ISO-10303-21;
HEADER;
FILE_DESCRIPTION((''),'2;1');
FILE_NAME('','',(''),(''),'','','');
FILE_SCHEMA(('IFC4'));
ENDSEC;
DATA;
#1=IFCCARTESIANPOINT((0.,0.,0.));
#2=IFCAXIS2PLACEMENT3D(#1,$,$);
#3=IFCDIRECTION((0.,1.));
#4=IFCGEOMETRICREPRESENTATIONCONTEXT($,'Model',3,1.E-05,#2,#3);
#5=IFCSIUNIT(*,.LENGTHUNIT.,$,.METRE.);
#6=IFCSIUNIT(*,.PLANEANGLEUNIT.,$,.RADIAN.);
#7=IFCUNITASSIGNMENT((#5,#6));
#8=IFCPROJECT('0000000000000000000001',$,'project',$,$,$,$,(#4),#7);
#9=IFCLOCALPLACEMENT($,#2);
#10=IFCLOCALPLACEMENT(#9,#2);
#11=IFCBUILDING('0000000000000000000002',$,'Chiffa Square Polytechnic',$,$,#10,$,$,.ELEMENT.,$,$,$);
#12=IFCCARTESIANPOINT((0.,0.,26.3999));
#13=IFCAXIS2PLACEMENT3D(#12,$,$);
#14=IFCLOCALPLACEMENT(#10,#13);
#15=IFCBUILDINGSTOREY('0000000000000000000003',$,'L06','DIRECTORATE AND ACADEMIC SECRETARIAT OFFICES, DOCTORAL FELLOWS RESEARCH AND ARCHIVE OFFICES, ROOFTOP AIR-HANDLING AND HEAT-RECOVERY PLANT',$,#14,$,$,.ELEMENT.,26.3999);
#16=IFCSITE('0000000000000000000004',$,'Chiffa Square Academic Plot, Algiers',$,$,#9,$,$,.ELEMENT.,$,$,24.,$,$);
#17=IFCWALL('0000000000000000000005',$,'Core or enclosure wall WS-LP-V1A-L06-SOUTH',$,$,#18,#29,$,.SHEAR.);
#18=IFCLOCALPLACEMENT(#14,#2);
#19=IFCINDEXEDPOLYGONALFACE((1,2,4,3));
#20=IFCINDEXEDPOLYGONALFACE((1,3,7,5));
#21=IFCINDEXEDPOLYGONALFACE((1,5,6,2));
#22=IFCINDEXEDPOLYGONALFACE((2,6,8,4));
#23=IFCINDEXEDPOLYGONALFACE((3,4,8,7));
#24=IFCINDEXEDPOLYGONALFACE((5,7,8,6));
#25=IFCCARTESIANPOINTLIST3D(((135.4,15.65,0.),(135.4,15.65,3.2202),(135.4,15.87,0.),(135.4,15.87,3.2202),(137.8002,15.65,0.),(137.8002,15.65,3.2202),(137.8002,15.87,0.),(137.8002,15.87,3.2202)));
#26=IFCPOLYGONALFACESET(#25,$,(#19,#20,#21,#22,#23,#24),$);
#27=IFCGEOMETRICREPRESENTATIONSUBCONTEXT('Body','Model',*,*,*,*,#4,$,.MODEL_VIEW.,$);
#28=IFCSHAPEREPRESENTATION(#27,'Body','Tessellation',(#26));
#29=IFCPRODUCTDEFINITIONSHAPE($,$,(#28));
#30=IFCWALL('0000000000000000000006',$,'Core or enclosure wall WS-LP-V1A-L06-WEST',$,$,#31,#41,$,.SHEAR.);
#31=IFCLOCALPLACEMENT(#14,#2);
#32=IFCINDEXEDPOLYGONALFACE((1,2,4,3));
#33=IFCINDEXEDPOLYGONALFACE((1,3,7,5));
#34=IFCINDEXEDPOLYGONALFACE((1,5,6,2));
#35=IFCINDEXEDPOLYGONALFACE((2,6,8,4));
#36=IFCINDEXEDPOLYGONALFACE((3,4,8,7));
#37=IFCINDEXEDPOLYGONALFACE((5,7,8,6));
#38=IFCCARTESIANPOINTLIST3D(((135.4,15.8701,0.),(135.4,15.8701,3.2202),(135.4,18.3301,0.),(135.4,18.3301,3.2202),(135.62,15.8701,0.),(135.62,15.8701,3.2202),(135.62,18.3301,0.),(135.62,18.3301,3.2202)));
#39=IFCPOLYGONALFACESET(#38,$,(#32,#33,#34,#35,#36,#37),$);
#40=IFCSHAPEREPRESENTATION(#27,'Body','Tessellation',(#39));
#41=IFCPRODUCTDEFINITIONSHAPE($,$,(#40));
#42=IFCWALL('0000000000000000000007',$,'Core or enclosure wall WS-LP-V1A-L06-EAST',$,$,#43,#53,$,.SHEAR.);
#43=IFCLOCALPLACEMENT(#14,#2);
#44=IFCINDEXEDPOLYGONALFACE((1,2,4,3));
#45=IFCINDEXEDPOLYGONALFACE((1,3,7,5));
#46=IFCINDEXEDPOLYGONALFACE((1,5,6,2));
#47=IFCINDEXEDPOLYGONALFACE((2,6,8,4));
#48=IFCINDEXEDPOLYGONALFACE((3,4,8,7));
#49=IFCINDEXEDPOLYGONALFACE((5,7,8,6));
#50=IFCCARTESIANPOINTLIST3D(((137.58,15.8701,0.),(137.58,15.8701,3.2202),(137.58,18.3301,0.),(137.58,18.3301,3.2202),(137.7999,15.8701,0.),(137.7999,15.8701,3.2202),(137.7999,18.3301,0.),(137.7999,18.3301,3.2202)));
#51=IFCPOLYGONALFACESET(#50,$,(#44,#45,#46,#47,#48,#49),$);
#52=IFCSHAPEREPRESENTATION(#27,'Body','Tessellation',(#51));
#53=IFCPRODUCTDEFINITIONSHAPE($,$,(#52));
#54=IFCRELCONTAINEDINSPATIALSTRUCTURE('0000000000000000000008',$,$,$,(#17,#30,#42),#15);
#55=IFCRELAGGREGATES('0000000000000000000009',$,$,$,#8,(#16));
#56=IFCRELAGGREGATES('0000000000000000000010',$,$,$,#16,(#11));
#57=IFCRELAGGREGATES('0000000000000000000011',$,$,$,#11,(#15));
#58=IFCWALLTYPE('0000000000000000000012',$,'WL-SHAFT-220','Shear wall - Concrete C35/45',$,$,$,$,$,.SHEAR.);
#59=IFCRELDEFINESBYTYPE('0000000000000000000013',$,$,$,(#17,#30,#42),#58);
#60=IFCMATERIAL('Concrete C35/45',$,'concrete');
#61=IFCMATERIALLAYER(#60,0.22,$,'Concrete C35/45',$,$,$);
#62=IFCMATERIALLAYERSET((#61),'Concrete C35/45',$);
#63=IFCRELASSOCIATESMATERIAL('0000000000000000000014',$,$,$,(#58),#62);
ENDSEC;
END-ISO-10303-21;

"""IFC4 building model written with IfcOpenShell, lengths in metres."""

from ifc_helpers import new_model, si_unit, direction, frame, frame_2d, origin, place, context, subcontext, project, spatial, rectangle, extrude, material, layer, layer_set, type_object, element, save


model = new_model("IFC4")

# Units and contexts
model_context = context("Model", 3, precision=1e-05, world=origin(), true_north=direction((0.0, 1.0)))
body_context = subcontext(model_context, "Body", "Model", "MODEL_VIEW")
ifc_project = project(units=[si_unit("LENGTHUNIT", "METRE"), si_unit("PLANEANGLEUNIT", "RADIAN")], contexts=[model_context])

# Site, building, storey
site_placement = place(None, origin())
site = spatial("IfcSite", under=ifc_project, at=site_placement, Name="Chiffa Square Academic Plot, Algiers", CompositionType="ELEMENT", RefElevation=24.0)
building_placement = place(site_placement, origin())
building = spatial("IfcBuilding", under=site, at=building_placement, Name="Chiffa Square Polytechnic", CompositionType="ELEMENT")
storey_placement = place(building_placement, frame((0.0, 0.0, 26.3999)))
storey = spatial("IfcBuildingStorey", under=building, at=storey_placement, Name="L06", Description="DIRECTORATE AND ACADEMIC SECRETARIAT OFFICES, DOCTORAL FELLOWS RESEARCH AND ARCHIVE OFFICES, ROOFTOP AIR-HANDLING AND HEAT-RECOVERY PLANT", CompositionType="ELEMENT", Elevation=26.3999)

# Shared definitions
ifc_material_1 = material(Name="Concrete C35/45", Category="concrete")

# Shared definitions
ifc_layer_1 = layer(ifc_material_1, 0.22, Name="Concrete C35/45")
ifc_layer_set_1 = layer_set([ifc_layer_1], Name="Concrete C35/45")
wall_type_1 = type_object("IfcWallType", Name="WL-SHAFT-220", Description="Shear wall - Concrete C35/45", PredefinedType="SHEAR", material=ifc_layer_set_1)

# Wall
wall_1_placement = place(storey_placement, frame((135.3999, 15.76, 0.0), z_axis=(0.0, 0.0, 1.0), x_axis=(1.0, 0.0, 0.0)))
element("IfcWall", 1, at=wall_1_placement, inside=storey, type_object=wall_type_1, Name="Core or enclosure wall WS-LP-V1A-L06-SOUTH", PredefinedType="SHEAR", context=body_context, shape_type="SweptSolid", body=[
    extrude(rectangle(XDim=2.4001, YDim=0.22, at=frame_2d((1.2002, 0.0))), origin(), (0.0, 0.0, 1.0), 3.2202),
])

# Walls
for number, where, z_axis, x_axis, name in (
    (2, (135.51, 15.8701, 0.0), (0.0, 0.0, 1.0), (0.0, 1.0, 0.0), "Core or enclosure wall WS-LP-V1A-L06-WEST"),
    (3, (137.6899, 15.8701, 0.0), (0.0, 0.0, 1.0), (0.0, 1.0, 0.0), "Core or enclosure wall WS-LP-V1A-L06-EAST"),
):
    element("IfcWall", number, at=place(storey_placement, frame(where, z_axis=z_axis, x_axis=x_axis)), inside=storey, type_object=wall_type_1, Name=name, PredefinedType="SHEAR", context=body_context, shape_type="SweptSolid", body=[
        extrude(rectangle(XDim=2.46, YDim=0.22, at=frame_2d((1.23, 0.0))), origin(), (0.0, 0.0, 1.0), 3.2202),
    ])

save(model, "model.ifc")
